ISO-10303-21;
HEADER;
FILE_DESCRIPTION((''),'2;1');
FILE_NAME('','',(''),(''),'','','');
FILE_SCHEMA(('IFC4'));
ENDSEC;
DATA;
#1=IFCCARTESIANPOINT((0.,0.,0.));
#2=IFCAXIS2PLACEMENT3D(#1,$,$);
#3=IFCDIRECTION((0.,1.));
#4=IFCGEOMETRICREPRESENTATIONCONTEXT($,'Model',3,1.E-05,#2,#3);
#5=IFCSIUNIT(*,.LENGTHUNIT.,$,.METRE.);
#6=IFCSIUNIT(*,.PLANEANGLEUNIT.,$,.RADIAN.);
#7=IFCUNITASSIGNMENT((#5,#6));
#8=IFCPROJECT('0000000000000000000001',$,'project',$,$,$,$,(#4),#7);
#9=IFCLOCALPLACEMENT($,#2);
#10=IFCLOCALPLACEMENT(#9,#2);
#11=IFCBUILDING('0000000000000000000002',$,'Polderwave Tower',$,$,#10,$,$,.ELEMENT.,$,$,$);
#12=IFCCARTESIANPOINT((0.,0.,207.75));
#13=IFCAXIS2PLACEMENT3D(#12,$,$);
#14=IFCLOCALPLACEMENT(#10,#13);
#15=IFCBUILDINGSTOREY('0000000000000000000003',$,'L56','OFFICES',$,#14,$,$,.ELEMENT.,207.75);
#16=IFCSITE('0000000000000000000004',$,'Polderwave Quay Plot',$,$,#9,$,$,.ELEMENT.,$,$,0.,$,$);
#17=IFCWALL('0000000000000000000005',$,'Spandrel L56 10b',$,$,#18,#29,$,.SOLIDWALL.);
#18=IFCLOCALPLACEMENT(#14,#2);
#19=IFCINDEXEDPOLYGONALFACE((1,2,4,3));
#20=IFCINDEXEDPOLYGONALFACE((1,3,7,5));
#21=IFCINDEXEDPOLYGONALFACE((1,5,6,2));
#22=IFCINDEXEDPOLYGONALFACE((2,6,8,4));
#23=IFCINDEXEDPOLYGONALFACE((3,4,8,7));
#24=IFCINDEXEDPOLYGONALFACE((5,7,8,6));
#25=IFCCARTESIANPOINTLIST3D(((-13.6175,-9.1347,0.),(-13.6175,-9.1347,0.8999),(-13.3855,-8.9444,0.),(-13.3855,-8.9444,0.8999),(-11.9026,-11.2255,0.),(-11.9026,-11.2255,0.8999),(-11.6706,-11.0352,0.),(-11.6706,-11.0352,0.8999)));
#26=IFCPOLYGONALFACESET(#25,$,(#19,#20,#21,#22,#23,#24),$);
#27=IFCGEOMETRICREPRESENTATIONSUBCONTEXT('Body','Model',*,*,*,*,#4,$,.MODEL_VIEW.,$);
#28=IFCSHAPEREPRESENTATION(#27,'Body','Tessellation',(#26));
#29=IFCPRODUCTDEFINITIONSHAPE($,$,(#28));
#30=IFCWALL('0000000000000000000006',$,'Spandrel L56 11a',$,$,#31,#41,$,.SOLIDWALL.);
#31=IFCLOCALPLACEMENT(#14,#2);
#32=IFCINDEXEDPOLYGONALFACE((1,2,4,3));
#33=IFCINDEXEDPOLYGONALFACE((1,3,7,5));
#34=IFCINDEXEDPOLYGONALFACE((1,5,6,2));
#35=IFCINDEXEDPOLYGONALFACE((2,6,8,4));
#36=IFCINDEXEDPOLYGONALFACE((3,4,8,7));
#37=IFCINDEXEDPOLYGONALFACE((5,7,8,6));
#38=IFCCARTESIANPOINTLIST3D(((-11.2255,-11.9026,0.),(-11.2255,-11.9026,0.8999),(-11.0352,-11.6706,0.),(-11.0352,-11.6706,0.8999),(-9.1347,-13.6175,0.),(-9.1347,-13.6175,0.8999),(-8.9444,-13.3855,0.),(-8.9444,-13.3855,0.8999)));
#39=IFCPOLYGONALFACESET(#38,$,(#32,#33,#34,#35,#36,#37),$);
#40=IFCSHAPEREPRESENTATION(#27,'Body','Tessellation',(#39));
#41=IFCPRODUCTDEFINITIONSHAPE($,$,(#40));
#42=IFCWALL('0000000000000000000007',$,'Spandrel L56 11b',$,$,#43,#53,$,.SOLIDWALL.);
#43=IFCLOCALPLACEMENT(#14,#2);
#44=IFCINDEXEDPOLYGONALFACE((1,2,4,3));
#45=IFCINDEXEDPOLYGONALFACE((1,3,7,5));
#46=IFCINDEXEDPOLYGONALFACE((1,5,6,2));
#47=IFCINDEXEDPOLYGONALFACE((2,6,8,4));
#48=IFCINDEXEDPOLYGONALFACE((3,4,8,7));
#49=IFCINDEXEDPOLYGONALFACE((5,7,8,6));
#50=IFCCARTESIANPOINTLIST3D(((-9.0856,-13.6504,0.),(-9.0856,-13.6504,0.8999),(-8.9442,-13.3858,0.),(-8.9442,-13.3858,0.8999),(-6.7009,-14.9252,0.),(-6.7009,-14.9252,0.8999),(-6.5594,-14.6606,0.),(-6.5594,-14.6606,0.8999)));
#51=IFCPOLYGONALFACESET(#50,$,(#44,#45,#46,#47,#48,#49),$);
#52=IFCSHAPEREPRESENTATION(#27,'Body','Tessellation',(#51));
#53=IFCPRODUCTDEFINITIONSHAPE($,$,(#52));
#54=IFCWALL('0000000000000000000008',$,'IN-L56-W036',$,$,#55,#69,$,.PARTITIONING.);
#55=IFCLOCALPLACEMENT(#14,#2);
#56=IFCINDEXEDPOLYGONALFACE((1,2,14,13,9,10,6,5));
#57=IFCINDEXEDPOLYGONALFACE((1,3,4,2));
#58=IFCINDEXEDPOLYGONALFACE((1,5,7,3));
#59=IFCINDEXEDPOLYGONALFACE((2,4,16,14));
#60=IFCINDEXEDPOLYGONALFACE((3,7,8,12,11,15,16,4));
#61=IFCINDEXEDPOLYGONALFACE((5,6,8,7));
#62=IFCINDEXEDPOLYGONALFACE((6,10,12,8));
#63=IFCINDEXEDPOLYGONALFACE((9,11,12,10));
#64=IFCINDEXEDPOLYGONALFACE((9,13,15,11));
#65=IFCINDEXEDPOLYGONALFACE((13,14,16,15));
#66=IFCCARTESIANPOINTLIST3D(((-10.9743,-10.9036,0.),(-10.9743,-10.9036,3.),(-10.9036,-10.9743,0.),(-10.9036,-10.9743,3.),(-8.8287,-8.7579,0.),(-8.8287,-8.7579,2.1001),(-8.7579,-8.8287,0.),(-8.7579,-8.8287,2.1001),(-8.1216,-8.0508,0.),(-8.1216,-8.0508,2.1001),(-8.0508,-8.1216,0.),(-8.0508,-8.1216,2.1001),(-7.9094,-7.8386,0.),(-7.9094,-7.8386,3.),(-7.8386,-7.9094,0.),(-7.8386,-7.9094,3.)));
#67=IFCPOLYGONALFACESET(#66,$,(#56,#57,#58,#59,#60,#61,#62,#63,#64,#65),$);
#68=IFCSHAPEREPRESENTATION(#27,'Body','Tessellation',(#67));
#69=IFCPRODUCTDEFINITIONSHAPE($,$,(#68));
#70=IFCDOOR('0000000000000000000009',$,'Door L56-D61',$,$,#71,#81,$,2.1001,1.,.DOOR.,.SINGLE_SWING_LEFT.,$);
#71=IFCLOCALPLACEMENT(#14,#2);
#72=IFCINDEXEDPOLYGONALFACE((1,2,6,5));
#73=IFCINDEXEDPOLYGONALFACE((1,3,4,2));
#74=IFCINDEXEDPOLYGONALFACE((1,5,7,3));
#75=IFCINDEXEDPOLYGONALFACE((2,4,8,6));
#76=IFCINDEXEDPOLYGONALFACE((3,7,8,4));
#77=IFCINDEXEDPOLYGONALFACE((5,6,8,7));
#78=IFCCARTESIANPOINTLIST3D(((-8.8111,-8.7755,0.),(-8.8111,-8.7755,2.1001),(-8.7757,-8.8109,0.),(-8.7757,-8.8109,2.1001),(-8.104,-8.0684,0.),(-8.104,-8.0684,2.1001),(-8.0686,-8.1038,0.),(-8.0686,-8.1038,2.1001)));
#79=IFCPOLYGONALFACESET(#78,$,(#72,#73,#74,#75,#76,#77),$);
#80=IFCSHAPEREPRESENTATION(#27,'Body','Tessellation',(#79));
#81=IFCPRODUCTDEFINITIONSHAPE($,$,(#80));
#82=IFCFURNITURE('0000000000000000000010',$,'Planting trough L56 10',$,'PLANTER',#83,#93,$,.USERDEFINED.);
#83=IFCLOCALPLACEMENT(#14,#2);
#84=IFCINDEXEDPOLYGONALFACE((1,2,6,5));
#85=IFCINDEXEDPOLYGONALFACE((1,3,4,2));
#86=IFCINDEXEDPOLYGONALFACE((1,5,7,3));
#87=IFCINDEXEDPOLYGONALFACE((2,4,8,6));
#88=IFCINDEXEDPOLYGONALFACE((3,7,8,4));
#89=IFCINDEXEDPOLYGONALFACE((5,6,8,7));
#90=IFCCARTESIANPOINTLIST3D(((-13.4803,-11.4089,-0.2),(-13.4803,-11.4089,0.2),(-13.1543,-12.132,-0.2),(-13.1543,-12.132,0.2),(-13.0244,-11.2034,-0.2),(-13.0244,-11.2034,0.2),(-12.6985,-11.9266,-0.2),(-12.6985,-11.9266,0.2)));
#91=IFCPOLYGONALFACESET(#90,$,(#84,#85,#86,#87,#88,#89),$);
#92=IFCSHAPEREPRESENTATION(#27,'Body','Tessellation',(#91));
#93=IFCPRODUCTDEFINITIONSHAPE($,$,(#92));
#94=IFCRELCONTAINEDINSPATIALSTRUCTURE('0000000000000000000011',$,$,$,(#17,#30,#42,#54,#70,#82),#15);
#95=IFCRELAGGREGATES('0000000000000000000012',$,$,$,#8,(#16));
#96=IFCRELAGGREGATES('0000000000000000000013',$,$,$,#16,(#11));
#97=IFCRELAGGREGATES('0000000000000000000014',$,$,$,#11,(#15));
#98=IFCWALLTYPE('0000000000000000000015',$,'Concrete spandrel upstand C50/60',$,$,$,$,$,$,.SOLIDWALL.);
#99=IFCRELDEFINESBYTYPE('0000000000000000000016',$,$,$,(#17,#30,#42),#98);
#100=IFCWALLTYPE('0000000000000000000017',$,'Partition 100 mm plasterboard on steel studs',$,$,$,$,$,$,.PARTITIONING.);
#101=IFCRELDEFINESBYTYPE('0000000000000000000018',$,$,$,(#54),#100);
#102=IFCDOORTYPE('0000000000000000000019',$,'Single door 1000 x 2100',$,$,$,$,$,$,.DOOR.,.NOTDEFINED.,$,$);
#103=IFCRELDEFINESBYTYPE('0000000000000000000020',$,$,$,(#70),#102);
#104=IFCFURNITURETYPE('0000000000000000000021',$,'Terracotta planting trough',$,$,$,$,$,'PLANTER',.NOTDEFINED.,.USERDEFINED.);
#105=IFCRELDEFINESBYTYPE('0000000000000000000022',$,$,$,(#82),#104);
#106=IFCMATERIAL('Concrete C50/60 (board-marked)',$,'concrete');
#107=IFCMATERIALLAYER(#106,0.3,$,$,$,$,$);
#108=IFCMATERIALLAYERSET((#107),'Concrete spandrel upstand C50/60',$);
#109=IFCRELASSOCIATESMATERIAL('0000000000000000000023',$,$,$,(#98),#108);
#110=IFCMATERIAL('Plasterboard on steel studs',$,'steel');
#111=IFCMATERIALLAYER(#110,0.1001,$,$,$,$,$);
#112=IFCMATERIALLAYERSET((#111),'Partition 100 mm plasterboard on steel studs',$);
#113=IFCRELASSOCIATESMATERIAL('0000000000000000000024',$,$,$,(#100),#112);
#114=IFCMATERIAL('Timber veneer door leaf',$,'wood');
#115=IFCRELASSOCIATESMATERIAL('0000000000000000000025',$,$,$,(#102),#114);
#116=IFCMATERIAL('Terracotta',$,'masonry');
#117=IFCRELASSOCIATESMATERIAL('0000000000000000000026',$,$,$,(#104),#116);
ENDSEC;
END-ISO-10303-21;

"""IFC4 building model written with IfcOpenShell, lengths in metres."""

from ifc_helpers import new_model, si_unit, direction, frame, frame_2d, origin, origin_2d, place, context, subcontext, project, spatial, rectangle, extrude, material, layer, layer_set, type_object, element, fill, save


model = new_model("IFC4")

# Units and contexts
model_context = context("Model", 3, precision=1e-05, world=origin(), true_north=direction((0.0, 1.0)))
body_context = subcontext(model_context, "Body", "Model", "MODEL_VIEW")
ifc_project = project(units=[si_unit("LENGTHUNIT", "METRE"), si_unit("PLANEANGLEUNIT", "RADIAN")], contexts=[model_context])

# Site, building, storey
site_placement = place(None, origin())
site = spatial("IfcSite", under=ifc_project, at=site_placement, Name="Polderwave Quay Plot", CompositionType="ELEMENT", RefElevation=0.0)
building_placement = place(site_placement, origin())
building = spatial("IfcBuilding", under=site, at=building_placement, Name="Polderwave Tower", CompositionType="ELEMENT")
storey_placement = place(building_placement, frame((0.0, 0.0, 207.75)))
storey = spatial("IfcBuildingStorey", under=building, at=storey_placement, Name="L56", Description="OFFICES", CompositionType="ELEMENT", Elevation=207.75)

# Walls
ifc_material_1 = material(Name="Concrete C50/60 (board-marked)", Category="concrete")
ifc_layer_1 = layer(ifc_material_1, 0.3)
ifc_layer_set_1 = layer_set([ifc_layer_1], Name="Concrete spandrel upstand C50/60")
wall_type_1 = type_object("IfcWallType", Name="Concrete spandrel upstand C50/60", PredefinedType="SOLIDWALL", material=ifc_layer_set_1)
for number, where, z_axis, x_axis, name in (
    (1, (-13.5015, -9.0396, 0.0), (0.0, 0.0, 1.0), (0.634162, -0.7732, 0.0), "Spandrel L56 10b"),
    (2, (-11.1304, -11.7866, 0.0), (0.0, 0.0, 1.0), (0.7732, -0.634162, 0.0), "Spandrel L56 11a"),
    (3, (-9.0149, -13.5181, 0.0), (0.0, 0.0, 1.0), (0.881888, -0.47146, 0.0), "Spandrel L56 11b"),
):
    element("IfcWall", number, at=place(storey_placement, frame(where, z_axis=z_axis, x_axis=x_axis)), inside=storey, type_object=wall_type_1, Name=name, PredefinedType="SOLIDWALL", context=body_context, shape_type="SweptSolid", body=[
        extrude(rectangle(XDim=2.7041, YDim=0.3, at=frame_2d((1.3521, 0.0))), origin(), (0.0, 0.0, 1.0), 0.8999),
    ])

# Wall, opening, door
ifc_material_2 = material(Name="Plasterboard on steel studs", Category="steel")
ifc_layer_2 = layer(ifc_material_2, 0.1001)
ifc_layer_set_2 = layer_set([ifc_layer_2], Name="Partition 100 mm plasterboard on steel studs")
wall_type_2 = type_object("IfcWallType", Name="Partition 100 mm plasterboard on steel studs", PredefinedType="PARTITIONING", material=ifc_layer_set_2)
wall_placement = place(storey_placement, frame((-7.874, -7.874, 0.0), z_axis=(0.0, 0.0, 1.0), x_axis=(-0.707107, -0.707107, 0.0)))
wall = element("IfcWall", 4, at=wall_placement, inside=storey, type_object=wall_type_2, Name="IN-L56-W036", PredefinedType="PARTITIONING", context=body_context, shape_type="SweptSolid", body=[
    extrude(rectangle(XDim=4.3345, YDim=0.1001, at=frame_2d((2.1672, 0.0))), origin(), (0.0, 0.0, 1.0), 3.0),
])
opening_placement = place(wall_placement, frame((0.3, 0.0, 0.0)))
opening = element("IfcOpeningElement", 5, at=opening_placement, cuts=wall, PredefinedType="OPENING", context=body_context, shape_type="SweptSolid", body=[
    extrude(rectangle(XDim=1.0, YDim=2.1001, at=frame_2d((0.5, 1.05))), frame((0.0, 0.0601, 0.0), z_axis=(0.0, -1.0, 0.0), x_axis=(1.0, 0.0, 0.0)), (0.0, 0.0, 1.0), 0.1201),
])
ifc_material_3 = material(Name="Timber veneer door leaf", Category="wood")
door_type = type_object("IfcDoorType", Name="Single door 1000 x 2100", OperationType="NOTDEFINED", PredefinedType="DOOR", material=ifc_material_3)
door_placement = place(opening_placement, origin())
door = element("IfcDoor", 6, at=door_placement, inside=storey, type_object=door_type, Name="Door L56-D61", OperationType="SINGLE_SWING_LEFT", OverallHeight=2.1001, OverallWidth=1.0, PredefinedType="DOOR", context=body_context, shape_type="SweptSolid", body=[
    extrude(rectangle(XDim=1.0, YDim=2.1001, at=frame_2d((0.5, 1.05))), frame((0.0, 0.0249, 0.0), z_axis=(0.0, -1.0, 0.0), x_axis=(1.0, 0.0, 0.0)), (0.0, 0.0, 1.0), 0.05),
])
fill(opening, door)

# Furniture
ifc_material_4 = material(Name="Terracotta", Category="masonry")
furniture_type = type_object("IfcFurnitureType", Name="Terracotta planting trough", ElementType="PLANTER", AssemblyPlace="NOTDEFINED", PredefinedType="USERDEFINED", material=ifc_material_4)
furniture_placement = place(storey_placement, frame((-13.0894, -11.6677, -0.2), z_axis=(0.0, 0.0, 1.0), x_axis=(0.410964, -0.911652, 0.0)))
element("IfcFurniture", 7, at=furniture_placement, inside=storey, type_object=furniture_type, Name="Planting trough L56 10", ObjectType="PLANTER", PredefinedType="USERDEFINED", context=body_context, shape_type="SweptSolid", body=[
    extrude(rectangle(XDim=0.7932, YDim=0.5, at=origin_2d()), origin(), (0.0, 0.0, 1.0), 0.3999),
])

save(model, "model.ifc")
